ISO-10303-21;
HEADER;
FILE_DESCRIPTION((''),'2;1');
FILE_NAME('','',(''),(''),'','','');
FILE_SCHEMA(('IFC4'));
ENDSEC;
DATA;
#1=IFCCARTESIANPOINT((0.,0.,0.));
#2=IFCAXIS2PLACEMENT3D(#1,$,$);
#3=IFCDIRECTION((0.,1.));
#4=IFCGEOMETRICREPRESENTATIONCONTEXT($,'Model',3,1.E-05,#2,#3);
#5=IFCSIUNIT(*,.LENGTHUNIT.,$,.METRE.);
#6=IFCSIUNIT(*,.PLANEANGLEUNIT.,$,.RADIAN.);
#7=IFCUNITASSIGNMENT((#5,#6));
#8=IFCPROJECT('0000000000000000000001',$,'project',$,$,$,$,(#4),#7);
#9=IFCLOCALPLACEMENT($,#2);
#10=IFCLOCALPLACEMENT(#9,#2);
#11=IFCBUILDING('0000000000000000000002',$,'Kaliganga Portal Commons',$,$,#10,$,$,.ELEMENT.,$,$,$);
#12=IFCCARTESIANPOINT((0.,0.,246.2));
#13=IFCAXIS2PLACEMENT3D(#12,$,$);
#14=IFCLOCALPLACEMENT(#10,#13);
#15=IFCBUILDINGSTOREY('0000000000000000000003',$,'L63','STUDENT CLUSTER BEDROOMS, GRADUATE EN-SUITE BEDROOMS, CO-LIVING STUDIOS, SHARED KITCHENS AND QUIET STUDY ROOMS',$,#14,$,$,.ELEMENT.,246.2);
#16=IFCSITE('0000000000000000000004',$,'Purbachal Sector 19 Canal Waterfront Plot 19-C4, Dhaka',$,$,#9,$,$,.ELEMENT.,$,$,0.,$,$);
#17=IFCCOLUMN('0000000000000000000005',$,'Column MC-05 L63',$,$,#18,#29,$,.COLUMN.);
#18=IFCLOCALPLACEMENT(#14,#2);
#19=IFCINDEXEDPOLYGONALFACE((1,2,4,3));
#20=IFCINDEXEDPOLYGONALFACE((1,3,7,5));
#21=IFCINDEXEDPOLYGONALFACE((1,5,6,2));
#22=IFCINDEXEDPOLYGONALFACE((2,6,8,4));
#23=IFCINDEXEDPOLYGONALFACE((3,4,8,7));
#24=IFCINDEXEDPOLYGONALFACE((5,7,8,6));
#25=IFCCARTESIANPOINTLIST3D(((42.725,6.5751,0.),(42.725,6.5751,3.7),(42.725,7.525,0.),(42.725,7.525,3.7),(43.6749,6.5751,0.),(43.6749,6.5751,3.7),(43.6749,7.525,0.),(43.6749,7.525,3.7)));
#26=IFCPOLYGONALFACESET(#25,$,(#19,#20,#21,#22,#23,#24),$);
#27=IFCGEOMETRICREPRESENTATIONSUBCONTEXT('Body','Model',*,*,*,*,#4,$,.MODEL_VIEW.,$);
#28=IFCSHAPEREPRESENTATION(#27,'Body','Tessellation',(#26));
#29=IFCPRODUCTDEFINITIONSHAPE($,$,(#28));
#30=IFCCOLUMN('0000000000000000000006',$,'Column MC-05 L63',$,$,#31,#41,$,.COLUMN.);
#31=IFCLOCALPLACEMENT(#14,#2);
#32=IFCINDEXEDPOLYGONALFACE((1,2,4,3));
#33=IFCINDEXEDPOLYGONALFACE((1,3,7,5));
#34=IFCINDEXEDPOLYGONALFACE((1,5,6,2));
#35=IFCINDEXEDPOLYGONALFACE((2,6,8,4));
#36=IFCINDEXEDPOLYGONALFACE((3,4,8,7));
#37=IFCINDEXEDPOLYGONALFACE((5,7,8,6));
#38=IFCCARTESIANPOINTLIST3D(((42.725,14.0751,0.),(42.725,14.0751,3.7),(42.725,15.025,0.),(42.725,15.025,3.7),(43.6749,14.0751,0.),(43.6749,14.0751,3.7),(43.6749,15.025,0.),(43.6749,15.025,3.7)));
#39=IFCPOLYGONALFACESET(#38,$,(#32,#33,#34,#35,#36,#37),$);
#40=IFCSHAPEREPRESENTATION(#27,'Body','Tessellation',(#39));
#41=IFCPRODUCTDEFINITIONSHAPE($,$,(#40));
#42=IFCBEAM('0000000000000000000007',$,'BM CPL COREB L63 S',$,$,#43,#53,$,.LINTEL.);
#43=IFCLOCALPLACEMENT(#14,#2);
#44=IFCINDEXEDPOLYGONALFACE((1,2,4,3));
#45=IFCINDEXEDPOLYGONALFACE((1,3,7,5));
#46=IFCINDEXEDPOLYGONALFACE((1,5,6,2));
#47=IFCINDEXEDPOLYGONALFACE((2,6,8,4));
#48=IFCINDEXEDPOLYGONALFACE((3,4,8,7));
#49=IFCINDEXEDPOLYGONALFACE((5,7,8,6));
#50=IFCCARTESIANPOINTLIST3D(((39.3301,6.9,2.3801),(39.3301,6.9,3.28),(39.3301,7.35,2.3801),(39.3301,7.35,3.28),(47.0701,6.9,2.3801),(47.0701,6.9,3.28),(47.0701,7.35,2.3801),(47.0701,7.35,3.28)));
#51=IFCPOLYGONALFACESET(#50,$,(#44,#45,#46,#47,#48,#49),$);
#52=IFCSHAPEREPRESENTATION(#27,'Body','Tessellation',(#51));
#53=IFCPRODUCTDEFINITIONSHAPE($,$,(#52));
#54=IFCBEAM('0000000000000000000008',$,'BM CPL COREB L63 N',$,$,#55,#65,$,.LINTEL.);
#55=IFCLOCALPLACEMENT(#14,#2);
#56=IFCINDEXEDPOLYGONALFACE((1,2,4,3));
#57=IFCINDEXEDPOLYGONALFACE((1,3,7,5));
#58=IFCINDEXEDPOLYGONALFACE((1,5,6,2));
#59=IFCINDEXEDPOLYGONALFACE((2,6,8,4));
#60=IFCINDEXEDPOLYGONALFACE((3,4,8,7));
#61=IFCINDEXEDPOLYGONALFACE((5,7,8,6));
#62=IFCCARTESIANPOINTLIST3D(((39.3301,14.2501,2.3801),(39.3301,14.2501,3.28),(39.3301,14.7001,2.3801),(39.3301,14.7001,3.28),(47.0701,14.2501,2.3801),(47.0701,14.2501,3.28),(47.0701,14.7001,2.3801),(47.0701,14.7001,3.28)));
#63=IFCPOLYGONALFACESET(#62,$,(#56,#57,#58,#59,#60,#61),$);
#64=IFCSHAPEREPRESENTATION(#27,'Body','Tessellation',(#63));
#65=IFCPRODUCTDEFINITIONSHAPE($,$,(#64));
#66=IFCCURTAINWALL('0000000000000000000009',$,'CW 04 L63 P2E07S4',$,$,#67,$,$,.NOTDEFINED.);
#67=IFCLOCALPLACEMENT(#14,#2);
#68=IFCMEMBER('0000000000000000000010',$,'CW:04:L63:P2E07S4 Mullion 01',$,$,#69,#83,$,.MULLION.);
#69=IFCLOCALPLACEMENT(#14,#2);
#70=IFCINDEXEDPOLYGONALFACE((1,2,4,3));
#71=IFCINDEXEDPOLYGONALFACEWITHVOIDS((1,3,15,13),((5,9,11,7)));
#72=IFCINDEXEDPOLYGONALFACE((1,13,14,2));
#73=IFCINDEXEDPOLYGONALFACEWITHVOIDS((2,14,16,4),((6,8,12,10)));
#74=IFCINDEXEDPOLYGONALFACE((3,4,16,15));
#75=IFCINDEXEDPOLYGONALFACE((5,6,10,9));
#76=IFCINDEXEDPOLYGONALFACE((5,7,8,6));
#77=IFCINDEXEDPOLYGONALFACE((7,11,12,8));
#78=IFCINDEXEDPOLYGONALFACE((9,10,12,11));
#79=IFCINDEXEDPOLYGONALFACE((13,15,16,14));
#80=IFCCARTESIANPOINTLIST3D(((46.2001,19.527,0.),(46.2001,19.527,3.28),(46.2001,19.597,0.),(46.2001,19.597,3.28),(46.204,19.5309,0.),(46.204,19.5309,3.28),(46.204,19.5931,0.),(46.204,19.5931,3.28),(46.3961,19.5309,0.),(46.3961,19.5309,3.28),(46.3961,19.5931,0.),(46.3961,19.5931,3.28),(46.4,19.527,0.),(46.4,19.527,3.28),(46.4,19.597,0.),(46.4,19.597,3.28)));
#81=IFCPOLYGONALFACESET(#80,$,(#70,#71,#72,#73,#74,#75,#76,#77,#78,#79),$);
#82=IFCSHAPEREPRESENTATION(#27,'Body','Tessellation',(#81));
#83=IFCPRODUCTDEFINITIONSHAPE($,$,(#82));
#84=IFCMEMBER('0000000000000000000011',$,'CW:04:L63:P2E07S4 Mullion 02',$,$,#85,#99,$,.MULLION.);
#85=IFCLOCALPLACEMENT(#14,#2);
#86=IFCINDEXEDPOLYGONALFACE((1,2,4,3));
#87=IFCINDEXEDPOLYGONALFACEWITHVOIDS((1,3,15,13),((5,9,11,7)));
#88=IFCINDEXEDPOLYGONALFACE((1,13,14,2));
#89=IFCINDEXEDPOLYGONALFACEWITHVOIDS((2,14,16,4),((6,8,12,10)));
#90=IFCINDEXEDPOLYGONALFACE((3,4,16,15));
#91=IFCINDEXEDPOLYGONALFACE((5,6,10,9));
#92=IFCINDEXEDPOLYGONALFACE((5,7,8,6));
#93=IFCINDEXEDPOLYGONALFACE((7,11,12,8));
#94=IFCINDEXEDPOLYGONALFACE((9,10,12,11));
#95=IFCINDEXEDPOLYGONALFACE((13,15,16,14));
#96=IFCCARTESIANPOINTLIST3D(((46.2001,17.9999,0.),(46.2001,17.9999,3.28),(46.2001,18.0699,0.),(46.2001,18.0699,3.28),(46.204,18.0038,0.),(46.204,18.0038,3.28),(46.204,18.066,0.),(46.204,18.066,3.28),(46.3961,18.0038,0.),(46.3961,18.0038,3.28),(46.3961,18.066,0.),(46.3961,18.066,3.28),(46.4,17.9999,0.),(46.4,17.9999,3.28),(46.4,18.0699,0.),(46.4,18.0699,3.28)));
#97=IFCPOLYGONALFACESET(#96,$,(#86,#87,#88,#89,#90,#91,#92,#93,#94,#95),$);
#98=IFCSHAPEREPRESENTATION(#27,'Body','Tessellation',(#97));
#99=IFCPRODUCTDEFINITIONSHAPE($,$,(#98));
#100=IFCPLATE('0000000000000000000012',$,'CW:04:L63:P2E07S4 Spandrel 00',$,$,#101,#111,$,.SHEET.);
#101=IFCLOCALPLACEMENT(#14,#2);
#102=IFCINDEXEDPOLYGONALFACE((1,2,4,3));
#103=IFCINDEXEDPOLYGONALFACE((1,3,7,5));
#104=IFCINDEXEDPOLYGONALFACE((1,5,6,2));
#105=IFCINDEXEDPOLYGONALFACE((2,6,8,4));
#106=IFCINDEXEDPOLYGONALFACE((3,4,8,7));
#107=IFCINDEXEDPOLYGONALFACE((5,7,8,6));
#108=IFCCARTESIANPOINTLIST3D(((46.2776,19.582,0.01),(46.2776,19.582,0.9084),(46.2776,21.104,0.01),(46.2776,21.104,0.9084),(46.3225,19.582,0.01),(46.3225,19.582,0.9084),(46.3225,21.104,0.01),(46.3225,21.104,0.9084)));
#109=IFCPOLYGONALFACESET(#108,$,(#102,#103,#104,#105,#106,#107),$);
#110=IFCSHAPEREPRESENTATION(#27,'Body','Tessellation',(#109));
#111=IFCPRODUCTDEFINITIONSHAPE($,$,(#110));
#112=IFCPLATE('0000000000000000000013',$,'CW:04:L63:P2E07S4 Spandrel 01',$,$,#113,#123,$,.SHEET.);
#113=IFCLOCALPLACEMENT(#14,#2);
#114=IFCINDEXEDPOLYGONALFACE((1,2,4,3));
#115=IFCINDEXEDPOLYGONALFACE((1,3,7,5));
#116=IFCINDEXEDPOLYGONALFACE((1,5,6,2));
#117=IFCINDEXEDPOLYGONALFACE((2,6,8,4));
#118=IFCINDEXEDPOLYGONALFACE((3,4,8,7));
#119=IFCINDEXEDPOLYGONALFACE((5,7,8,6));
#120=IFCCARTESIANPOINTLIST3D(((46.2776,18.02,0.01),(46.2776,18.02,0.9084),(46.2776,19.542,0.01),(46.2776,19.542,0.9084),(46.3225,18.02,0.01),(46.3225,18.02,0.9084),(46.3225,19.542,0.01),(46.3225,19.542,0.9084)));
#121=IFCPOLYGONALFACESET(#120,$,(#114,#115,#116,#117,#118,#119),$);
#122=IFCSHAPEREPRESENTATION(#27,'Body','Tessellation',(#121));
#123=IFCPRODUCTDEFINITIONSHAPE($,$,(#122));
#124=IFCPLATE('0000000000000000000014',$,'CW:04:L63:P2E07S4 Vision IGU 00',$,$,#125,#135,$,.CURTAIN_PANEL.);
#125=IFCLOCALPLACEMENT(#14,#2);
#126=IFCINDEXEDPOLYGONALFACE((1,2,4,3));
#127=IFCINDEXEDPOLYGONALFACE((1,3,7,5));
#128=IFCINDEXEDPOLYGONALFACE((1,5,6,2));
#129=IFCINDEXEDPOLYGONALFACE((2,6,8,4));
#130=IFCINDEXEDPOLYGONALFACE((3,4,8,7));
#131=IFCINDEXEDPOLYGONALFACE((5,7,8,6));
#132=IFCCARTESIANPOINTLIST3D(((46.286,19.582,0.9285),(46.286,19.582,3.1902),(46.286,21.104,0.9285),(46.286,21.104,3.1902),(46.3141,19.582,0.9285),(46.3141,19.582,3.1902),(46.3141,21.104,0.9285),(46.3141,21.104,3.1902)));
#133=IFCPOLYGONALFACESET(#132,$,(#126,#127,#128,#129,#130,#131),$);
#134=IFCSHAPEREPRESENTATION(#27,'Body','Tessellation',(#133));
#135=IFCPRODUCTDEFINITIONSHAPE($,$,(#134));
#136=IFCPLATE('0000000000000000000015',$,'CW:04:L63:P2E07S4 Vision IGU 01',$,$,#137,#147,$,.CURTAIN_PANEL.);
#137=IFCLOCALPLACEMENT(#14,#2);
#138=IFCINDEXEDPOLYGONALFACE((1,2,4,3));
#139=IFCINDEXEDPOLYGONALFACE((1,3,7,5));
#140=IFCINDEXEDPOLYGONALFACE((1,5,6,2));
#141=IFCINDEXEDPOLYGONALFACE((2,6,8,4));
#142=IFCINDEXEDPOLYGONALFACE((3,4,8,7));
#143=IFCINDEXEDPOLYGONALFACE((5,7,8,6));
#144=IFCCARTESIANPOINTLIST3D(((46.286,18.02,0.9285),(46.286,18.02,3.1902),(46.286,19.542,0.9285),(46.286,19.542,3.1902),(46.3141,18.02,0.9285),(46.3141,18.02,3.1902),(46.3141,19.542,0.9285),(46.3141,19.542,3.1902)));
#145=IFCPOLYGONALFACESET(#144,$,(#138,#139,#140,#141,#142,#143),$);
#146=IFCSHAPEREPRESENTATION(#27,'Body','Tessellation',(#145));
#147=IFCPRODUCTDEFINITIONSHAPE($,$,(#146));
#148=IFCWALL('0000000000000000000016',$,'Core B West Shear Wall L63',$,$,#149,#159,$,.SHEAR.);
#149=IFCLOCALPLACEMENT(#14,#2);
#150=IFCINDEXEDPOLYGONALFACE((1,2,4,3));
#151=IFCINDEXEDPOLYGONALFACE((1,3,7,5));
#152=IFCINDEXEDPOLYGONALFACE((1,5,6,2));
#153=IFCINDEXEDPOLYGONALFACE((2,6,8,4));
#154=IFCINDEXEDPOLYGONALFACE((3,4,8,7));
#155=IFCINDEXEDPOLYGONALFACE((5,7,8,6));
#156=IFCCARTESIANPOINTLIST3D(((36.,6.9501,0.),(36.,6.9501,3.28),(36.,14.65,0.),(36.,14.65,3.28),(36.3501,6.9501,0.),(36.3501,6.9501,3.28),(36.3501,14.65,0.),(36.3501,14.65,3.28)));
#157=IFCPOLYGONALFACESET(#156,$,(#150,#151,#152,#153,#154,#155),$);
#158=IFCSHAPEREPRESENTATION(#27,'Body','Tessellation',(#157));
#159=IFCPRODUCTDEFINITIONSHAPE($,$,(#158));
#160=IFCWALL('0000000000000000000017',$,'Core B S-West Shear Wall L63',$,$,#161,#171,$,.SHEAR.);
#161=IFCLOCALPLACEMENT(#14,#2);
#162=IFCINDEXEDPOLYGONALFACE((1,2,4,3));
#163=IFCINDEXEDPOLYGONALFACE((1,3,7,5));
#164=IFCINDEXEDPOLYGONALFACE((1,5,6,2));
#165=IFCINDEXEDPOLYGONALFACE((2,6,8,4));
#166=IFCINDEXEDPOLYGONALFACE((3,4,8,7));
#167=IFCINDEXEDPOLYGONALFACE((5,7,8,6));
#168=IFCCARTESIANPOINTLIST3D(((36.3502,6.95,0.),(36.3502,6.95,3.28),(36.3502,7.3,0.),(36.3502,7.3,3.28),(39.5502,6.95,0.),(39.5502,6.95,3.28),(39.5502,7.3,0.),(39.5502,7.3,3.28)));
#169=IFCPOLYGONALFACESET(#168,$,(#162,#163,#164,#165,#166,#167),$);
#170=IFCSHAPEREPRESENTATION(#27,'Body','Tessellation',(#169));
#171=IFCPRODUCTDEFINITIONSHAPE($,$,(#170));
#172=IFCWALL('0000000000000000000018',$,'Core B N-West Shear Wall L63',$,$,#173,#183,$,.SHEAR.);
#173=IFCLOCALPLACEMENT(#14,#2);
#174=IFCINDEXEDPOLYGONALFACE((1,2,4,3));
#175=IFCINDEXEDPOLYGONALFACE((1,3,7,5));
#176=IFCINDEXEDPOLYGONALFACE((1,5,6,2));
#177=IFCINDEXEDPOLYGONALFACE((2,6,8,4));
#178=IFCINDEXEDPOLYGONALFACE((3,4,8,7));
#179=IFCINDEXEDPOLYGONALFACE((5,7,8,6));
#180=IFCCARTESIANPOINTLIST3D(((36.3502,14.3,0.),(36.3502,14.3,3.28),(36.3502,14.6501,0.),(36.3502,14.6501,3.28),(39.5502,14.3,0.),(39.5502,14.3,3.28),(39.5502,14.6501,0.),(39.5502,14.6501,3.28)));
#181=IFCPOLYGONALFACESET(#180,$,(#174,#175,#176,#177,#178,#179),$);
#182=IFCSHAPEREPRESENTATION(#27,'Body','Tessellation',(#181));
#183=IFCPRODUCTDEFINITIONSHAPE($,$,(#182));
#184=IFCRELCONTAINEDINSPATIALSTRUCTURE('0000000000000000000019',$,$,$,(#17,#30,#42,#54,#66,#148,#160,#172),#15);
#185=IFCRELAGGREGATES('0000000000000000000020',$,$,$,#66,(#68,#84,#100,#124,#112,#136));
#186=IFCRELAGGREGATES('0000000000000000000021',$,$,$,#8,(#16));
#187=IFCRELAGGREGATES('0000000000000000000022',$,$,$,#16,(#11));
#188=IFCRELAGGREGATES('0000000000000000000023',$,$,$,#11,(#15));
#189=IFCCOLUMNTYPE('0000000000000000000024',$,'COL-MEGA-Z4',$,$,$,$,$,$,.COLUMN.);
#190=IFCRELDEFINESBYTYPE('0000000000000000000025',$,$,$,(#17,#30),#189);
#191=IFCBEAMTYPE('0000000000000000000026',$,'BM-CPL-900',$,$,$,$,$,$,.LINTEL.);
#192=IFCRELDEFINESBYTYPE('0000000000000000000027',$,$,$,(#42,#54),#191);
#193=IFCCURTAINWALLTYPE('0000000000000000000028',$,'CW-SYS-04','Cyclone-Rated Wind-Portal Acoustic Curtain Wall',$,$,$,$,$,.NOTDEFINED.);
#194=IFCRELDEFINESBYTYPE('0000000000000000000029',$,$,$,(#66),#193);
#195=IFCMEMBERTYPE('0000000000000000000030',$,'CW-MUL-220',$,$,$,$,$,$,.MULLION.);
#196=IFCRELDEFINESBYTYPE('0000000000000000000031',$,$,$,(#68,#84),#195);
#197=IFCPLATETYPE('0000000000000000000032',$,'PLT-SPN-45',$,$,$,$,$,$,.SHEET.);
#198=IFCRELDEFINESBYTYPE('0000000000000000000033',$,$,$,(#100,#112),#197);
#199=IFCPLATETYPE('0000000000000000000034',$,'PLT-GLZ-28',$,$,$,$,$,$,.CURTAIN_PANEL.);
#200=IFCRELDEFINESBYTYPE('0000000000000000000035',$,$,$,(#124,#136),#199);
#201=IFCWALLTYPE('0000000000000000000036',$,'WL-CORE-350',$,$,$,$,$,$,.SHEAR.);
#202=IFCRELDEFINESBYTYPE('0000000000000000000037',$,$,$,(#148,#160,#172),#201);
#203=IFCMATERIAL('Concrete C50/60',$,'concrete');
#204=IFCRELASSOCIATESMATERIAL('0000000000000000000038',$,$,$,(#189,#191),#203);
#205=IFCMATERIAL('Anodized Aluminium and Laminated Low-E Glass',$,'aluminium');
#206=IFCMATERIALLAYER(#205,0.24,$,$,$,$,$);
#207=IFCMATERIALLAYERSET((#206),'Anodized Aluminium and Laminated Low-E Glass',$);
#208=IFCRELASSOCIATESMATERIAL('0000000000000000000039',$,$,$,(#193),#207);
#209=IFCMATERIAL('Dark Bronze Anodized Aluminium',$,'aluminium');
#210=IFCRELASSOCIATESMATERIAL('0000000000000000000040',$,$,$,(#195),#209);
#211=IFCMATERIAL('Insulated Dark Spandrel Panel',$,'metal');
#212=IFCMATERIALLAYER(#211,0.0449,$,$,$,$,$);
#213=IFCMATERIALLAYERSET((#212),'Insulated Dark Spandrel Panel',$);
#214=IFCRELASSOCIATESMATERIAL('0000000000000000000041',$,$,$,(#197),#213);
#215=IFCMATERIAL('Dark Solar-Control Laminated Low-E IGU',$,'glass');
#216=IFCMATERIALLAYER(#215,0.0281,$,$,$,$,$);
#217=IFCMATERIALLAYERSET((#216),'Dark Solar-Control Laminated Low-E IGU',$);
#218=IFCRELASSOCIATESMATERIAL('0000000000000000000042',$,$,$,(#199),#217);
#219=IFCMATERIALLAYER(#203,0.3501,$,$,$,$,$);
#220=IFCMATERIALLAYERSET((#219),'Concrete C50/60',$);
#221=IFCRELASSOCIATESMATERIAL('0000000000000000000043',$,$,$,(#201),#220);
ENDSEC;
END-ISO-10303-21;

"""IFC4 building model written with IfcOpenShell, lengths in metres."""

from ifc_helpers import new_model, si_unit, direction, frame, frame_2d, origin, origin_2d, place, context, subcontext, project, spatial, rectangle, hollow_rectangle, extrude, source, transform, mapped, material, layer, layer_set, material_profile, profile_set, type_object, element, aggregate, save


model = new_model("IFC4")

# Units and contexts
model_context = context("Model", 3, precision=1e-05, world=origin(), true_north=direction((0.0, 1.0)))
body_context = subcontext(model_context, "Body", "Model", "MODEL_VIEW")
ifc_project = project(units=[si_unit("LENGTHUNIT", "METRE"), si_unit("PLANEANGLEUNIT", "RADIAN")], contexts=[model_context])

# Site, building, storey
site_placement = place(None, origin())
site = spatial("IfcSite", under=ifc_project, at=site_placement, Name="Purbachal Sector 19 Canal Waterfront Plot 19-C4, Dhaka", CompositionType="ELEMENT", RefElevation=0.0)
building_placement = place(site_placement, origin())
building = spatial("IfcBuilding", under=site, at=building_placement, Name="Kaliganga Portal Commons", CompositionType="ELEMENT")
storey_placement = place(building_placement, frame((0.0, 0.0, 246.2)))
storey = spatial("IfcBuildingStorey", under=building, at=storey_placement, Name="L63", Description="STUDENT CLUSTER BEDROOMS, GRADUATE EN-SUITE BEDROOMS, CO-LIVING STUDIOS, SHARED KITCHENS AND QUIET STUDY ROOMS", CompositionType="ELEMENT", Elevation=246.2)

# Columns
ifc_material_1 = material(Name="Concrete C50/60", Category="concrete")
ifc_material_profile_1 = material_profile(ifc_material_1, rectangle(XDim=0.95, YDim=0.95, at=origin_2d()), Name="RC 950x950")
ifc_profile_set_1 = profile_set([ifc_material_profile_1], Name="Concrete C50/60")
column_type = type_object("IfcColumnType", Name="COL-MEGA-Z4", PredefinedType="COLUMN", material=ifc_profile_set_1)
shared_shape_1 = source(origin(), body_context, "Body", "SweptSolid", [
    extrude(rectangle(XDim=0.95, YDim=0.95, at=origin_2d()), origin(), (0.0, 0.0, 1.0), 3.7),
])
for number, where, z_axis, x_axis, name in (
    (1, (43.2, 7.05, 0.0), (0.0, 0.0, 1.0), (1.0, 0.0, 0.0), "Column MC-05 L63"),
    (2, (43.2, 14.55, 0.0), (0.0, 0.0, 1.0), (1.0, 0.0, 0.0), "Column MC-05 L63"),
):
    element("IfcColumn", number, at=place(storey_placement, frame(where, z_axis=z_axis, x_axis=x_axis)), inside=storey, type_object=column_type, Name=name, PredefinedType="COLUMN", context=body_context, shape_type="MappedRepresentation", body=[
        mapped(shared_shape_1, transform((0.0, 0.0, 0.0), x_axis=(1.0, 0.0, 0.0), y_axis=(0.0, 1.0, 0.0), z_axis=(0.0, 0.0, 1.0), scale=1.0)),
    ])

# Beams
ifc_material_profile_2 = material_profile(ifc_material_1, rectangle(XDim=0.45, YDim=0.8999, at=origin_2d()), Name="RC 450x900")
ifc_profile_set_2 = profile_set([ifc_material_profile_2], Name="Concrete C50/60")
beam_type = type_object("IfcBeamType", Name="BM-CPL-900", PredefinedType="LINTEL", material=ifc_profile_set_2)
shared_shape_2 = source(origin(), body_context, "Body", "SweptSolid", [
    extrude(rectangle(XDim=0.45, YDim=0.8999, at=origin_2d()), origin(), (0.0, 0.0, 1.0), 7.74),
])
for number, where, z_axis, x_axis, name in (
    (3, (39.3301, 7.125, 2.8301), (1.0, 0.0, 0.0), (0.0, 1.0, 0.0), "BM CPL COREB L63 S"),
    (4, (39.3301, 14.4751, 2.8301), (1.0, 0.0, 0.0), (0.0, 1.0, 0.0), "BM CPL COREB L63 N"),
):
    element("IfcBeam", number, at=place(storey_placement, frame(where, z_axis=z_axis, x_axis=x_axis)), inside=storey, type_object=beam_type, Name=name, PredefinedType="LINTEL", context=body_context, shape_type="MappedRepresentation", body=[
        mapped(shared_shape_2, transform((0.0, 0.0, 0.0), x_axis=(1.0, 0.0, 0.0), y_axis=(0.0, 1.0, 0.0), z_axis=(0.0, 0.0, 1.0), scale=1.0)),
    ])

# Curtain wall, members, plates
ifc_material_2 = material(Name="Anodized Aluminium and Laminated Low-E Glass", Category="aluminium")
ifc_layer_1 = layer(ifc_material_2, 0.24)
ifc_layer_set_1 = layer_set([ifc_layer_1], Name="Anodized Aluminium and Laminated Low-E Glass")
curtain_wall_type = type_object("IfcCurtainWallType", Name="CW-SYS-04", Description="Cyclone-Rated Wind-Portal Acoustic Curtain Wall", PredefinedType="NOTDEFINED", material=ifc_layer_set_1)
curtain_wall_placement = place(storey_placement, origin())
curtain_wall = element("IfcCurtainWall", 5, at=curtain_wall_placement, inside=storey, type_object=curtain_wall_type, Name="CW 04 L63 P2E07S4", PredefinedType="NOTDEFINED")
ifc_material_3 = material(Name="Dark Bronze Anodized Aluminium", Category="aluminium")
ifc_material_profile_3 = material_profile(ifc_material_3, hollow_rectangle(XDim=0.0701, YDim=0.2, WallThickness=0.0039, at=origin_2d()), Name="ALU MULL 70x200x4")
ifc_profile_set_3 = profile_set([ifc_material_profile_3], Name="Dark Bronze Anodized Aluminium")
member_type = type_object("IfcMemberType", Name="CW-MUL-220", PredefinedType="MULLION", material=ifc_profile_set_3)
shared_shape_3 = source(origin(), body_context, "Body", "SweptSolid", [
    extrude(hollow_rectangle(XDim=0.0701, YDim=0.2, WallThickness=0.0039, at=origin_2d()), origin(), (0.0, 0.0, 1.0), 3.28),
])
member_1_placement = place(storey_placement, frame((46.3, 19.562, 0.0), z_axis=(0.0, 0.0, 1.0), x_axis=(0.0, -1.0, 0.0)))
member_1 = element("IfcMember", 6, at=member_1_placement, type_object=member_type, Name="CW:04:L63:P2E07S4 Mullion 01", PredefinedType="MULLION", context=body_context, shape_type="MappedRepresentation", body=[
    mapped(shared_shape_3, transform((0.0, 0.0, 0.0), x_axis=(1.0, 0.0, 0.0), y_axis=(0.0, 1.0, 0.0), z_axis=(0.0, 0.0, 1.0), scale=1.0)),
])
member_2_placement = place(storey_placement, frame((46.3, 18.0349, 0.0), z_axis=(0.0, 0.0, 1.0), x_axis=(0.0, -1.0, 0.0)))
member_2 = element("IfcMember", 7, at=member_2_placement, type_object=member_type, Name="CW:04:L63:P2E07S4 Mullion 02", PredefinedType="MULLION", context=body_context, shape_type="MappedRepresentation", body=[
    mapped(shared_shape_3, transform((0.0, 0.0, 0.0), x_axis=(1.0, 0.0, 0.0), y_axis=(0.0, 1.0, 0.0), z_axis=(0.0, 0.0, 1.0), scale=1.0)),
])
ifc_material_4 = material(Name="Insulated Dark Spandrel Panel", Category="metal")
ifc_layer_2 = layer(ifc_material_4, 0.0449)
ifc_layer_set_2 = layer_set([ifc_layer_2], Name="Insulated Dark Spandrel Panel")
plate_type_1 = type_object("IfcPlateType", Name="PLT-SPN-45", PredefinedType="SHEET", material=ifc_layer_set_2)
shared_shape_4 = source(origin(), body_context, "Body", "SweptSolid", [
    extrude(rectangle(XDim=1.522, YDim=0.0449, at=origin_2d()), origin(), (0.0, 0.0, 1.0), 0.8984),
])
plate_1_placement = place(storey_placement, frame((46.3, 20.343, 0.01), z_axis=(0.0, 0.0, 1.0), x_axis=(0.0, -1.0, 0.0)))
plate_1 = element("IfcPlate", 8, at=plate_1_placement, type_object=plate_type_1, Name="CW:04:L63:P2E07S4 Spandrel 00", PredefinedType="SHEET", context=body_context, shape_type="MappedRepresentation", body=[
    mapped(shared_shape_4, transform((0.0, 0.0, 0.0), x_axis=(1.0, 0.0, 0.0), y_axis=(0.0, 1.0, 0.0), z_axis=(0.0, 0.0, 1.0), scale=1.0)),
])
plate_2_placement = place(storey_placement, frame((46.3, 18.781, 0.01), z_axis=(0.0, 0.0, 1.0), x_axis=(0.0, -1.0, 0.0)))
plate_2 = element("IfcPlate", 9, at=plate_2_placement, type_object=plate_type_1, Name="CW:04:L63:P2E07S4 Spandrel 01", PredefinedType="SHEET", context=body_context, shape_type="MappedRepresentation", body=[
    mapped(shared_shape_4, transform((0.0, 0.0, 0.0), x_axis=(1.0, 0.0, 0.0), y_axis=(0.0, 1.0, 0.0), z_axis=(0.0, 0.0, 1.0), scale=1.0)),
])
ifc_material_5 = material(Name="Dark Solar-Control Laminated Low-E IGU", Category="glass")
ifc_layer_3 = layer(ifc_material_5, 0.0281)
ifc_layer_set_3 = layer_set([ifc_layer_3], Name="Dark Solar-Control Laminated Low-E IGU")
plate_type_2 = type_object("IfcPlateType", Name="PLT-GLZ-28", PredefinedType="CURTAIN_PANEL", material=ifc_layer_set_3)
shared_shape_5 = source(origin(), body_context, "Body", "SweptSolid", [
    extrude(rectangle(XDim=1.522, YDim=0.0281, at=origin_2d()), origin(), (0.0, 0.0, 1.0), 2.2617),
])
plate_3_placement = place(storey_placement, frame((46.3, 20.343, 0.9285), z_axis=(0.0, 0.0, 1.0), x_axis=(0.0, -1.0, 0.0)))
plate_3 = element("IfcPlate", 10, at=plate_3_placement, type_object=plate_type_2, Name="CW:04:L63:P2E07S4 Vision IGU 00", PredefinedType="CURTAIN_PANEL", context=body_context, shape_type="MappedRepresentation", body=[
    mapped(shared_shape_5, transform((0.0, 0.0, 0.0), x_axis=(1.0, 0.0, 0.0), y_axis=(0.0, 1.0, 0.0), z_axis=(0.0, 0.0, 1.0), scale=1.0)),
])
plate_4_placement = place(storey_placement, frame((46.3, 18.781, 0.9285), z_axis=(0.0, 0.0, 1.0), x_axis=(0.0, -1.0, 0.0)))
plate_4 = element("IfcPlate", 11, at=plate_4_placement, type_object=plate_type_2, Name="CW:04:L63:P2E07S4 Vision IGU 01", PredefinedType="CURTAIN_PANEL", context=body_context, shape_type="MappedRepresentation", body=[
    mapped(shared_shape_5, transform((0.0, 0.0, 0.0), x_axis=(1.0, 0.0, 0.0), y_axis=(0.0, 1.0, 0.0), z_axis=(0.0, 0.0, 1.0), scale=1.0)),
])
aggregate(curtain_wall, [member_1, member_2, plate_1, plate_3, plate_2, plate_4])

# Walls
ifc_layer_4 = layer(ifc_material_1, 0.3501)
ifc_layer_set_4 = layer_set([ifc_layer_4], Name="Concrete C50/60")
wall_type_1 = type_object("IfcWallType", Name="WL-CORE-350", PredefinedType="SHEAR", material=ifc_layer_set_4)
wall_1_placement = place(storey_placement, frame((36.175, 6.95, 0.0), z_axis=(0.0, 0.0, 1.0), x_axis=(0.0, 1.0, 0.0)))
element("IfcWall", 12, at=wall_1_placement, inside=storey, type_object=wall_type_1, Name="Core B West Shear Wall L63", PredefinedType="SHEAR", context=body_context, shape_type="SweptSolid", body=[
    extrude(rectangle(XDim=7.7, YDim=0.3501, at=frame_2d((3.8501, 0.0))), origin(), (0.0, 0.0, 1.0), 3.28),
])
for number, where, z_axis, x_axis, name in (
    (13, (36.3501, 7.125, 0.0), (0.0, 0.0, 1.0), (1.0, 0.0, 0.0), "Core B S-West Shear Wall L63"),
    (14, (36.3501, 14.4751, 0.0), (0.0, 0.0, 1.0), (1.0, 0.0, 0.0), "Core B N-West Shear Wall L63"),
):
    element("IfcWall", number, at=place(storey_placement, frame(where, z_axis=z_axis, x_axis=x_axis)), inside=storey, type_object=wall_type_1, Name=name, PredefinedType="SHEAR", context=body_context, shape_type="SweptSolid", body=[
        extrude(rectangle(XDim=3.2, YDim=0.3501, at=frame_2d((1.6001, 0.0))), origin(), (0.0, 0.0, 1.0), 3.28),
    ])

save(model, "model.ifc")
